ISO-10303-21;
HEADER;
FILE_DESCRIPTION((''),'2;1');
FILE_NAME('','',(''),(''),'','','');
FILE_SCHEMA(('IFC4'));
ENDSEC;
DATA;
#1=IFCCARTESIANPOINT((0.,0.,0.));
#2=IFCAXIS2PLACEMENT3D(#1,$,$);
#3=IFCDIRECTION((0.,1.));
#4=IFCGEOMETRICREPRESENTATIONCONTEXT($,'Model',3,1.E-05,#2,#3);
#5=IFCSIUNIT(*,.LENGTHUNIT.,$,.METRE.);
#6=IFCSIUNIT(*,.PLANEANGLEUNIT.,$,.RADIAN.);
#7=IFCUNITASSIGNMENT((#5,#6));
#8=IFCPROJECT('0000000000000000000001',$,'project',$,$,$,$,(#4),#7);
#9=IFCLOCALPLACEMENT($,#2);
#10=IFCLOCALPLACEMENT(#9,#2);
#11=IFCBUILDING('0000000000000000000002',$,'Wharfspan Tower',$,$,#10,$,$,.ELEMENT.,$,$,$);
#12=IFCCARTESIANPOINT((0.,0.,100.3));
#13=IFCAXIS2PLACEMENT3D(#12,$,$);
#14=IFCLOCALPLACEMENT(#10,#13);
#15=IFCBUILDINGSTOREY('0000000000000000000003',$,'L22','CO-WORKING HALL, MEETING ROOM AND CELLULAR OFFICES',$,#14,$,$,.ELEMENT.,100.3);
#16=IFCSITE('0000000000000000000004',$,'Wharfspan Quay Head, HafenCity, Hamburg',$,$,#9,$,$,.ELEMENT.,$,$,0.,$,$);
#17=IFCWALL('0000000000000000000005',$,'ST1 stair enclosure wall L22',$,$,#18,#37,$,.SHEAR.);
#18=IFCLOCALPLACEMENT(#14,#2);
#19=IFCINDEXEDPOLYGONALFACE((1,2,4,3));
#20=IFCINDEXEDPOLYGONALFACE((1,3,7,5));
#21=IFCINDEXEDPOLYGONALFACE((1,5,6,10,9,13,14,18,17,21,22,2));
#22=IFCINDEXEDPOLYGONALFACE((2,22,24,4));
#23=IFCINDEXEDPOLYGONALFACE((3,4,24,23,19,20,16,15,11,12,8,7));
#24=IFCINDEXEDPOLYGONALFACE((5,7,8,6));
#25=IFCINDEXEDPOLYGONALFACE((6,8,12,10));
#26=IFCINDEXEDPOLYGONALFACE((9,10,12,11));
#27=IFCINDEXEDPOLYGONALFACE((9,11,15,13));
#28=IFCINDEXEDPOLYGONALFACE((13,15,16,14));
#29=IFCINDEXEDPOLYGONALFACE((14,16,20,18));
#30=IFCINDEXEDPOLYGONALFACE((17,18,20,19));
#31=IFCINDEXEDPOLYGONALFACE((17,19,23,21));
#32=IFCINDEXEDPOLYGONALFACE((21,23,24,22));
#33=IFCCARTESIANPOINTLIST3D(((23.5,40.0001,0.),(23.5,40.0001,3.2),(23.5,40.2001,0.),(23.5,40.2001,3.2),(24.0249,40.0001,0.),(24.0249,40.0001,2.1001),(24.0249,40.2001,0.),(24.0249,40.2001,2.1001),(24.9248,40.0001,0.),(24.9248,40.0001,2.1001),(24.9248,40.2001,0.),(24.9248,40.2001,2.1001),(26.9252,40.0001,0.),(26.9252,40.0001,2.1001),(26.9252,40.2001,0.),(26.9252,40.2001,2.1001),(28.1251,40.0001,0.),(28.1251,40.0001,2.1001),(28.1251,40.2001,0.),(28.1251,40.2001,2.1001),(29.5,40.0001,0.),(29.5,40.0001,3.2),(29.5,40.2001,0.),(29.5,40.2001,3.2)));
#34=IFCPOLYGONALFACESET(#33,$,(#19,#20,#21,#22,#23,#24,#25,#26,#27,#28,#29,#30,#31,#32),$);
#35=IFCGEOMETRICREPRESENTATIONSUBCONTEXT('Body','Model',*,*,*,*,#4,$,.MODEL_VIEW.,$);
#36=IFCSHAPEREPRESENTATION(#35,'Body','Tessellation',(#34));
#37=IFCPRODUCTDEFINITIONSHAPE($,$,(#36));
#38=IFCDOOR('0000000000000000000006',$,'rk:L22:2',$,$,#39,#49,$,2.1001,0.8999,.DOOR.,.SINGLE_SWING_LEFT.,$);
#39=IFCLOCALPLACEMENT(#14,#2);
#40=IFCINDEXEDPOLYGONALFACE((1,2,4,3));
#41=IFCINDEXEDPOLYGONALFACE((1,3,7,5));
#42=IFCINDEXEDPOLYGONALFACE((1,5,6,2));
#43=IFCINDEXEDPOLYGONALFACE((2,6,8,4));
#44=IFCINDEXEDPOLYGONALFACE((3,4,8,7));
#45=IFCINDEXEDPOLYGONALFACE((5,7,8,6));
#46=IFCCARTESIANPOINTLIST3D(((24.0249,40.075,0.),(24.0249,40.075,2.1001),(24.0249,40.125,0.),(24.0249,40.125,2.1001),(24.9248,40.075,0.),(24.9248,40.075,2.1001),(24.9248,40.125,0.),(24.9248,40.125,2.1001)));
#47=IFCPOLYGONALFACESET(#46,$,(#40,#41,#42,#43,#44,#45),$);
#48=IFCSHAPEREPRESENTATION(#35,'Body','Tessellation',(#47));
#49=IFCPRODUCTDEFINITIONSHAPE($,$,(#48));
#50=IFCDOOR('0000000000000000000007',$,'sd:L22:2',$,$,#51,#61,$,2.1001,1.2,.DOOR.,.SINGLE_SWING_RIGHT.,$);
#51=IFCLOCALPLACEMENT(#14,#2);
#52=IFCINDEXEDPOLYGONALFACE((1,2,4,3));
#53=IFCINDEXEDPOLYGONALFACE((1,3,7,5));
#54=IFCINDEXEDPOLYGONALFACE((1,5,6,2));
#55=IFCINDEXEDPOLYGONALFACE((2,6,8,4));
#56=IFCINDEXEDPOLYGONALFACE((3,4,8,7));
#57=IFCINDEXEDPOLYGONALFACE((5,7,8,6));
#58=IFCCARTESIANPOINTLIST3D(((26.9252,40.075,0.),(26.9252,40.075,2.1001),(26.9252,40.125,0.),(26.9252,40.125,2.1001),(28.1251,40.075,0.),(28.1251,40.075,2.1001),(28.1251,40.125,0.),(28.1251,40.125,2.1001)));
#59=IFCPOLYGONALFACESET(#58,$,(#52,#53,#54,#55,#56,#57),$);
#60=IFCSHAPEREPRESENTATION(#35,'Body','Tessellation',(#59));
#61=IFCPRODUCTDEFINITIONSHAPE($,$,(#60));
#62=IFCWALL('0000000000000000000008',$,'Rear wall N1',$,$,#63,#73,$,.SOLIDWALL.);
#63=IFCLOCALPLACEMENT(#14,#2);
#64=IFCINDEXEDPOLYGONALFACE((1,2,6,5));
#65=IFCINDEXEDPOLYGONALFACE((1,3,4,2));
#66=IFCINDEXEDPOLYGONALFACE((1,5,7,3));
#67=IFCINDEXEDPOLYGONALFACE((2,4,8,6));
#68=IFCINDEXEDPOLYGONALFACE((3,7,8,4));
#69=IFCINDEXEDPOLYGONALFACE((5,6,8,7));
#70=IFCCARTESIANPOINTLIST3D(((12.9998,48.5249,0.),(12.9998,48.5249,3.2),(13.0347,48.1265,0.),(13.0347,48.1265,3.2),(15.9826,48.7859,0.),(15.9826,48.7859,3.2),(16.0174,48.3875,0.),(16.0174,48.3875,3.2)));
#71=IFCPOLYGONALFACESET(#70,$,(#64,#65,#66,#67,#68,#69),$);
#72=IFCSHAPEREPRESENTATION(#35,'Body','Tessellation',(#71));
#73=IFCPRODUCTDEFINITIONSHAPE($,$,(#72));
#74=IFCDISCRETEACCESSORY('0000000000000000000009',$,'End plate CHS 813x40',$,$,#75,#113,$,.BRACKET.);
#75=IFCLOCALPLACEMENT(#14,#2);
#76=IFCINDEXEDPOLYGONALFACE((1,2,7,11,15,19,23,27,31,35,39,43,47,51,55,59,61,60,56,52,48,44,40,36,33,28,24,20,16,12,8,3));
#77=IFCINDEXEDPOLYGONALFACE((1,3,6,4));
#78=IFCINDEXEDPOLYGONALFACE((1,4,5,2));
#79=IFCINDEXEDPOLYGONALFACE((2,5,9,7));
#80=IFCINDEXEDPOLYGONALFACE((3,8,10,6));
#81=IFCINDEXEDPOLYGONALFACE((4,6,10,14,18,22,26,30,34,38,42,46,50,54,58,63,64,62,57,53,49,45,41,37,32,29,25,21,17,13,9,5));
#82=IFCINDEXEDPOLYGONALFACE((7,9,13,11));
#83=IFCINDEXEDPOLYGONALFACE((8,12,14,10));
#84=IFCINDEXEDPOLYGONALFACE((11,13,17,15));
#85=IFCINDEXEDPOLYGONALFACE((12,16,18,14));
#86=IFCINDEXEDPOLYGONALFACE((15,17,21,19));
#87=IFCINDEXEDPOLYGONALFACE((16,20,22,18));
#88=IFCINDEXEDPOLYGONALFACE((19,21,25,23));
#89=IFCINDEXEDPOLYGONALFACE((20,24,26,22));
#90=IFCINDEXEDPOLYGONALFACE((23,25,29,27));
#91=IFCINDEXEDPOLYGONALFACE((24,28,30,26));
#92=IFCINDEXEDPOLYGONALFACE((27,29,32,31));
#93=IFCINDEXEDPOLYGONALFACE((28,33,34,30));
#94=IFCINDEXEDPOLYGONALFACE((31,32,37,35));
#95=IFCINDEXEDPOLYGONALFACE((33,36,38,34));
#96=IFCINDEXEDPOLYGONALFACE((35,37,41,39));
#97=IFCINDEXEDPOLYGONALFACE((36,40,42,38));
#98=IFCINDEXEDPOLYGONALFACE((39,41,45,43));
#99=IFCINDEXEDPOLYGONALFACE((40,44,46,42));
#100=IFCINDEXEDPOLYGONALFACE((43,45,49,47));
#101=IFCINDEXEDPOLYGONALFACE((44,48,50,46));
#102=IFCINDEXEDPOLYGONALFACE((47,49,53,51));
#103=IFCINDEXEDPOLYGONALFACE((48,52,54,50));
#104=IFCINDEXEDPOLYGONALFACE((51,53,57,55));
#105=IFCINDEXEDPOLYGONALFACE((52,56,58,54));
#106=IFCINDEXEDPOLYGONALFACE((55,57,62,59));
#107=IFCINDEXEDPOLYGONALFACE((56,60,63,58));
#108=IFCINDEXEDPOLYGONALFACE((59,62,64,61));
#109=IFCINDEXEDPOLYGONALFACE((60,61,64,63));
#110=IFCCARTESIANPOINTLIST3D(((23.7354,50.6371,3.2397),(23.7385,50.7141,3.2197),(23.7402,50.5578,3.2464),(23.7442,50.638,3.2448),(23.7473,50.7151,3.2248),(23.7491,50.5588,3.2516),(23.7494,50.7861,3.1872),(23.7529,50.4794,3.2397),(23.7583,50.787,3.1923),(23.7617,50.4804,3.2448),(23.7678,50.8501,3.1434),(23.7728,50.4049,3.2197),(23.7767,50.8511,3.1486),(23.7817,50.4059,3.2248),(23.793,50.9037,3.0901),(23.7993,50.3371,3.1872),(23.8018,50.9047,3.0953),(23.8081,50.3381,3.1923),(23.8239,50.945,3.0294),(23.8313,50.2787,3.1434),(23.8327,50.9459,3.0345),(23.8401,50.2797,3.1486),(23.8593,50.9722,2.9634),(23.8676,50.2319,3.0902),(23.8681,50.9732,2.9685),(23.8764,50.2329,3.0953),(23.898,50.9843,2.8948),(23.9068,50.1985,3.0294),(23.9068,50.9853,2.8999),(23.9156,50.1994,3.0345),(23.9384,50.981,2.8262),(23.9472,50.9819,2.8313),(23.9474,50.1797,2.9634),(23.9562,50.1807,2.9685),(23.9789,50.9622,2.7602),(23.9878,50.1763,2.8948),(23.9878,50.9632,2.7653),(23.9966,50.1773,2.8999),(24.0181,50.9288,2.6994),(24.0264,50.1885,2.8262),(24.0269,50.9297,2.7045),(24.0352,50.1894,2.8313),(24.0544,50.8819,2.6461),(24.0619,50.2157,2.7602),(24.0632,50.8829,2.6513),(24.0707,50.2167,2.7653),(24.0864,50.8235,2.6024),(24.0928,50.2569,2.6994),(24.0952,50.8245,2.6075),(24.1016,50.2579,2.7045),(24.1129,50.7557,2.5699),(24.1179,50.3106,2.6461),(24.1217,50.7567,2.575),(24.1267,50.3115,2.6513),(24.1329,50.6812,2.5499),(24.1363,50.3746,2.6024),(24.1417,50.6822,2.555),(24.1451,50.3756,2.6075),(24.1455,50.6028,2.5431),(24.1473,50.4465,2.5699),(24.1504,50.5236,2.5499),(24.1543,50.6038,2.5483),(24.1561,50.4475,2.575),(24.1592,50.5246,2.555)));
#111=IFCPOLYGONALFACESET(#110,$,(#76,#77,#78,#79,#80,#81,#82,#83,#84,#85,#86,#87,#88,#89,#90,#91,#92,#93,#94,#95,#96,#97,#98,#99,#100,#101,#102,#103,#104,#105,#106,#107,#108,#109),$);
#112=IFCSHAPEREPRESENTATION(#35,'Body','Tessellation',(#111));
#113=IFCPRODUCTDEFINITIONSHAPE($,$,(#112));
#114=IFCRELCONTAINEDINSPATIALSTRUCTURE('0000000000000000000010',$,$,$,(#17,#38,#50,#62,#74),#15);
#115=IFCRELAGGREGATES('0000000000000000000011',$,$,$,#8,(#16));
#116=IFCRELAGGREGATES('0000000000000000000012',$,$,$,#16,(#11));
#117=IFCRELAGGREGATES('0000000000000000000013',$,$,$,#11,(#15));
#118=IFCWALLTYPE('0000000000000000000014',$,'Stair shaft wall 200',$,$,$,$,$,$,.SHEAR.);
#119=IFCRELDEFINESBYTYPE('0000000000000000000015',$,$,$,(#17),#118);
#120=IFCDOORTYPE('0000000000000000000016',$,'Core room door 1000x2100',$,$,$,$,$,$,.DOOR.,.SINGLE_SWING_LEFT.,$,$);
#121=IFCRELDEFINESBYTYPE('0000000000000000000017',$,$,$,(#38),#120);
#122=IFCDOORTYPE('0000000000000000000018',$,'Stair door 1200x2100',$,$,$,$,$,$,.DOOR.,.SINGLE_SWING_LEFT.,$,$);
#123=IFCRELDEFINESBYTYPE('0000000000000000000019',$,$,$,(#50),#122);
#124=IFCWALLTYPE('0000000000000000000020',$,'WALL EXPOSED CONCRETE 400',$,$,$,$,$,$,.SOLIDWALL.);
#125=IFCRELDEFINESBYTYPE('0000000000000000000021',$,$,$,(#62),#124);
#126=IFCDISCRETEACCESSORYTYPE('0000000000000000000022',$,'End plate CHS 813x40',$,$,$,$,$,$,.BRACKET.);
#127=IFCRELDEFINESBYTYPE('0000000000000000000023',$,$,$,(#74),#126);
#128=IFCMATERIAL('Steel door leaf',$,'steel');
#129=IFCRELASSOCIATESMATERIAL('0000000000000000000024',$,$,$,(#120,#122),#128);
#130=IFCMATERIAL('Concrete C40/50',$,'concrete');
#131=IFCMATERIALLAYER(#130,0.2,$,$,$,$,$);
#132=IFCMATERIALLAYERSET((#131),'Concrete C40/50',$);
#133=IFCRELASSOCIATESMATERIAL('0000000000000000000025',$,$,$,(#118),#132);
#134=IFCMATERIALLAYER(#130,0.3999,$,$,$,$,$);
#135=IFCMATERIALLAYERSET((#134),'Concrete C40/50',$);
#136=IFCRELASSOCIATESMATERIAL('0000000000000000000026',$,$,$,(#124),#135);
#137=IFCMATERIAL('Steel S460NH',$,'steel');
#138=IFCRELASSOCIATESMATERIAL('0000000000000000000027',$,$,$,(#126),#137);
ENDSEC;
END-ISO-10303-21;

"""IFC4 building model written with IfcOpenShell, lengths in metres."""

from ifc_helpers import new_model, si_unit, direction, frame, frame_2d, origin, origin_2d, place, context, subcontext, project, spatial, rectangle, circle, extrude, material, layer, layer_set, material_profile, profile_set, type_object, element, fill, save


model = new_model("IFC4")

# Units and contexts
model_context = context("Model", 3, precision=1e-05, world=origin(), true_north=direction((0.0, 1.0)))
body_context = subcontext(model_context, "Body", "Model", "MODEL_VIEW")
ifc_project = project(units=[si_unit("LENGTHUNIT", "METRE"), si_unit("PLANEANGLEUNIT", "RADIAN")], contexts=[model_context])

# Site, building, storey
site_placement = place(None, origin())
site = spatial("IfcSite", under=ifc_project, at=site_placement, Name="Wharfspan Quay Head, HafenCity, Hamburg", CompositionType="ELEMENT", RefElevation=0.0)
building_placement = place(site_placement, origin())
building = spatial("IfcBuilding", under=site, at=building_placement, Name="Wharfspan Tower", CompositionType="ELEMENT")
storey_placement = place(building_placement, frame((0.0, 0.0, 100.3)))
storey = spatial("IfcBuildingStorey", under=building, at=storey_placement, Name="L22", Description="CO-WORKING HALL, MEETING ROOM AND CELLULAR OFFICES", CompositionType="ELEMENT", Elevation=100.3)

# Shared definitions
ifc_material_1 = material(Name="Steel door leaf", Category="steel")
door_type_1 = type_object("IfcDoorType", Name="Core room door 1000x2100", OperationType="SINGLE_SWING_LEFT", PredefinedType="DOOR", material=ifc_material_1)

# Shared definitions
ifc_material_2 = material(Name="Concrete C40/50", Category="concrete")

# Wall, openings, doors
ifc_layer_1 = layer(ifc_material_2, 0.2)
ifc_layer_set_1 = layer_set([ifc_layer_1], Name="Concrete C40/50")
wall_type_1 = type_object("IfcWallType", Name="Stair shaft wall 200", PredefinedType="SHEAR", material=ifc_layer_set_1)
wall_1_placement = place(storey_placement, frame((23.5, 40.1001, 0.0), z_axis=(0.0, 0.0, 1.0), x_axis=(1.0, 0.0, 0.0)))
wall_1 = element("IfcWall", 1, at=wall_1_placement, inside=storey, type_object=wall_type_1, Name="ST1 stair enclosure wall L22", PredefinedType="SHEAR", context=body_context, shape_type="SweptSolid", body=[
    extrude(rectangle(XDim=6.0, YDim=0.2, at=frame_2d((3.0, 0.0))), origin(), (0.0, 0.0, 1.0), 3.2),
])
opening_1_placement = place(wall_1_placement, frame((3.425, 0.0, 0.0)))
opening_1 = element("IfcOpeningElement", 2, at=opening_1_placement, cuts=wall_1, PredefinedType="OPENING", context=body_context, shape_type="SweptSolid", body=[
    extrude(rectangle(XDim=1.2, YDim=2.1001, at=frame_2d((0.6001, 1.05))), frame((0.0, 0.1099, 0.0), z_axis=(0.0, -1.0, 0.0), x_axis=(1.0, 0.0, 0.0)), (0.0, 0.0, 1.0), 0.22),
])
opening_2_placement = place(wall_1_placement, frame((0.5249, 0.0, 0.0)))
opening_2 = element("IfcOpeningElement", 3, at=opening_2_placement, cuts=wall_1, PredefinedType="OPENING", context=body_context, shape_type="SweptSolid", body=[
    extrude(rectangle(XDim=0.8999, YDim=2.1001, at=frame_2d((0.45, 1.05))), frame((0.0, 0.1099, 0.0), z_axis=(0.0, -1.0, 0.0), x_axis=(1.0, 0.0, 0.0)), (0.0, 0.0, 1.0), 0.22),
])
door_1_placement = place(opening_2_placement, origin())
door_1 = element("IfcDoor", 4, at=door_1_placement, inside=storey, type_object=door_type_1, Name="rk:L22:2", OperationType="SINGLE_SWING_LEFT", OverallHeight=2.1001, OverallWidth=0.8999, PredefinedType="DOOR", context=body_context, shape_type="SweptSolid", body=[
    extrude(rectangle(XDim=0.8999, YDim=2.1001, at=frame_2d((0.45, 1.05))), frame((0.0, 0.0249, 0.0), z_axis=(0.0, -1.0, 0.0), x_axis=(1.0, 0.0, 0.0)), (0.0, 0.0, 1.0), 0.05),
])
fill(opening_2, door_1)
door_type_2 = type_object("IfcDoorType", Name="Stair door 1200x2100", OperationType="SINGLE_SWING_LEFT", PredefinedType="DOOR", material=ifc_material_1)
door_2_placement = place(opening_1_placement, origin())
door_2 = element("IfcDoor", 5, at=door_2_placement, inside=storey, type_object=door_type_2, Name="sd:L22:2", OperationType="SINGLE_SWING_RIGHT", OverallHeight=2.1001, OverallWidth=1.2, PredefinedType="DOOR", context=body_context, shape_type="SweptSolid", body=[
    extrude(rectangle(XDim=1.2, YDim=2.1001, at=frame_2d((0.6001, 1.05))), frame((0.0, 0.0249, 0.0), z_axis=(0.0, -1.0, 0.0), x_axis=(1.0, 0.0, 0.0)), (0.0, 0.0, 1.0), 0.05),
])
fill(opening_1, door_2)

# Wall
ifc_layer_2 = layer(ifc_material_2, 0.3999)
ifc_layer_set_2 = layer_set([ifc_layer_2], Name="Concrete C40/50")
wall_type_2 = type_object("IfcWallType", Name="WALL EXPOSED CONCRETE 400", PredefinedType="SOLIDWALL", material=ifc_layer_set_2)
wall_2_placement = place(storey_placement, frame((16.0, 48.5867, 0.0), z_axis=(0.0, 0.0, 1.0), x_axis=(-0.996194, -0.087168, 0.0)))
element("IfcWall", 6, at=wall_2_placement, inside=storey, type_object=wall_type_2, Name="Rear wall N1", PredefinedType="SOLIDWALL", context=body_context, shape_type="SweptSolid", body=[
    extrude(rectangle(XDim=2.9941, YDim=0.3999, at=frame_2d((1.4971, 0.0))), origin(), (0.0, 0.0, 1.0), 3.2),
])

# Discrete accessory
ifc_material_3 = material(Name="Steel S460NH", Category="steel")
ifc_material_profile_1 = material_profile(ifc_material_3, circle(Radius=0.4065, at=origin_2d()))
ifc_profile_set_1 = profile_set([ifc_material_profile_1], Name="Steel S460NH")
discrete_accessory_type = type_object("IfcDiscreteAccessoryType", Name="End plate CHS 813x40", PredefinedType="BRACKET", material=ifc_profile_set_1)
discrete_accessory_placement = place(storey_placement, frame((23.9429, 50.5803, 2.8948), z_axis=(0.859828, 0.095536, 0.501566), x_axis=(-0.11043, 0.99388, -0.000001)))
element("IfcDiscreteAccessory", 7, at=discrete_accessory_placement, inside=storey, type_object=discrete_accessory_type, Name="End plate CHS 813x40", PredefinedType="BRACKET", context=body_context, shape_type="SweptSolid", body=[
    extrude(circle(Radius=0.4065, at=origin_2d()), origin(), (0.0, 0.0, 1.0), 0.0103),
])

save(model, "model.ifc")
